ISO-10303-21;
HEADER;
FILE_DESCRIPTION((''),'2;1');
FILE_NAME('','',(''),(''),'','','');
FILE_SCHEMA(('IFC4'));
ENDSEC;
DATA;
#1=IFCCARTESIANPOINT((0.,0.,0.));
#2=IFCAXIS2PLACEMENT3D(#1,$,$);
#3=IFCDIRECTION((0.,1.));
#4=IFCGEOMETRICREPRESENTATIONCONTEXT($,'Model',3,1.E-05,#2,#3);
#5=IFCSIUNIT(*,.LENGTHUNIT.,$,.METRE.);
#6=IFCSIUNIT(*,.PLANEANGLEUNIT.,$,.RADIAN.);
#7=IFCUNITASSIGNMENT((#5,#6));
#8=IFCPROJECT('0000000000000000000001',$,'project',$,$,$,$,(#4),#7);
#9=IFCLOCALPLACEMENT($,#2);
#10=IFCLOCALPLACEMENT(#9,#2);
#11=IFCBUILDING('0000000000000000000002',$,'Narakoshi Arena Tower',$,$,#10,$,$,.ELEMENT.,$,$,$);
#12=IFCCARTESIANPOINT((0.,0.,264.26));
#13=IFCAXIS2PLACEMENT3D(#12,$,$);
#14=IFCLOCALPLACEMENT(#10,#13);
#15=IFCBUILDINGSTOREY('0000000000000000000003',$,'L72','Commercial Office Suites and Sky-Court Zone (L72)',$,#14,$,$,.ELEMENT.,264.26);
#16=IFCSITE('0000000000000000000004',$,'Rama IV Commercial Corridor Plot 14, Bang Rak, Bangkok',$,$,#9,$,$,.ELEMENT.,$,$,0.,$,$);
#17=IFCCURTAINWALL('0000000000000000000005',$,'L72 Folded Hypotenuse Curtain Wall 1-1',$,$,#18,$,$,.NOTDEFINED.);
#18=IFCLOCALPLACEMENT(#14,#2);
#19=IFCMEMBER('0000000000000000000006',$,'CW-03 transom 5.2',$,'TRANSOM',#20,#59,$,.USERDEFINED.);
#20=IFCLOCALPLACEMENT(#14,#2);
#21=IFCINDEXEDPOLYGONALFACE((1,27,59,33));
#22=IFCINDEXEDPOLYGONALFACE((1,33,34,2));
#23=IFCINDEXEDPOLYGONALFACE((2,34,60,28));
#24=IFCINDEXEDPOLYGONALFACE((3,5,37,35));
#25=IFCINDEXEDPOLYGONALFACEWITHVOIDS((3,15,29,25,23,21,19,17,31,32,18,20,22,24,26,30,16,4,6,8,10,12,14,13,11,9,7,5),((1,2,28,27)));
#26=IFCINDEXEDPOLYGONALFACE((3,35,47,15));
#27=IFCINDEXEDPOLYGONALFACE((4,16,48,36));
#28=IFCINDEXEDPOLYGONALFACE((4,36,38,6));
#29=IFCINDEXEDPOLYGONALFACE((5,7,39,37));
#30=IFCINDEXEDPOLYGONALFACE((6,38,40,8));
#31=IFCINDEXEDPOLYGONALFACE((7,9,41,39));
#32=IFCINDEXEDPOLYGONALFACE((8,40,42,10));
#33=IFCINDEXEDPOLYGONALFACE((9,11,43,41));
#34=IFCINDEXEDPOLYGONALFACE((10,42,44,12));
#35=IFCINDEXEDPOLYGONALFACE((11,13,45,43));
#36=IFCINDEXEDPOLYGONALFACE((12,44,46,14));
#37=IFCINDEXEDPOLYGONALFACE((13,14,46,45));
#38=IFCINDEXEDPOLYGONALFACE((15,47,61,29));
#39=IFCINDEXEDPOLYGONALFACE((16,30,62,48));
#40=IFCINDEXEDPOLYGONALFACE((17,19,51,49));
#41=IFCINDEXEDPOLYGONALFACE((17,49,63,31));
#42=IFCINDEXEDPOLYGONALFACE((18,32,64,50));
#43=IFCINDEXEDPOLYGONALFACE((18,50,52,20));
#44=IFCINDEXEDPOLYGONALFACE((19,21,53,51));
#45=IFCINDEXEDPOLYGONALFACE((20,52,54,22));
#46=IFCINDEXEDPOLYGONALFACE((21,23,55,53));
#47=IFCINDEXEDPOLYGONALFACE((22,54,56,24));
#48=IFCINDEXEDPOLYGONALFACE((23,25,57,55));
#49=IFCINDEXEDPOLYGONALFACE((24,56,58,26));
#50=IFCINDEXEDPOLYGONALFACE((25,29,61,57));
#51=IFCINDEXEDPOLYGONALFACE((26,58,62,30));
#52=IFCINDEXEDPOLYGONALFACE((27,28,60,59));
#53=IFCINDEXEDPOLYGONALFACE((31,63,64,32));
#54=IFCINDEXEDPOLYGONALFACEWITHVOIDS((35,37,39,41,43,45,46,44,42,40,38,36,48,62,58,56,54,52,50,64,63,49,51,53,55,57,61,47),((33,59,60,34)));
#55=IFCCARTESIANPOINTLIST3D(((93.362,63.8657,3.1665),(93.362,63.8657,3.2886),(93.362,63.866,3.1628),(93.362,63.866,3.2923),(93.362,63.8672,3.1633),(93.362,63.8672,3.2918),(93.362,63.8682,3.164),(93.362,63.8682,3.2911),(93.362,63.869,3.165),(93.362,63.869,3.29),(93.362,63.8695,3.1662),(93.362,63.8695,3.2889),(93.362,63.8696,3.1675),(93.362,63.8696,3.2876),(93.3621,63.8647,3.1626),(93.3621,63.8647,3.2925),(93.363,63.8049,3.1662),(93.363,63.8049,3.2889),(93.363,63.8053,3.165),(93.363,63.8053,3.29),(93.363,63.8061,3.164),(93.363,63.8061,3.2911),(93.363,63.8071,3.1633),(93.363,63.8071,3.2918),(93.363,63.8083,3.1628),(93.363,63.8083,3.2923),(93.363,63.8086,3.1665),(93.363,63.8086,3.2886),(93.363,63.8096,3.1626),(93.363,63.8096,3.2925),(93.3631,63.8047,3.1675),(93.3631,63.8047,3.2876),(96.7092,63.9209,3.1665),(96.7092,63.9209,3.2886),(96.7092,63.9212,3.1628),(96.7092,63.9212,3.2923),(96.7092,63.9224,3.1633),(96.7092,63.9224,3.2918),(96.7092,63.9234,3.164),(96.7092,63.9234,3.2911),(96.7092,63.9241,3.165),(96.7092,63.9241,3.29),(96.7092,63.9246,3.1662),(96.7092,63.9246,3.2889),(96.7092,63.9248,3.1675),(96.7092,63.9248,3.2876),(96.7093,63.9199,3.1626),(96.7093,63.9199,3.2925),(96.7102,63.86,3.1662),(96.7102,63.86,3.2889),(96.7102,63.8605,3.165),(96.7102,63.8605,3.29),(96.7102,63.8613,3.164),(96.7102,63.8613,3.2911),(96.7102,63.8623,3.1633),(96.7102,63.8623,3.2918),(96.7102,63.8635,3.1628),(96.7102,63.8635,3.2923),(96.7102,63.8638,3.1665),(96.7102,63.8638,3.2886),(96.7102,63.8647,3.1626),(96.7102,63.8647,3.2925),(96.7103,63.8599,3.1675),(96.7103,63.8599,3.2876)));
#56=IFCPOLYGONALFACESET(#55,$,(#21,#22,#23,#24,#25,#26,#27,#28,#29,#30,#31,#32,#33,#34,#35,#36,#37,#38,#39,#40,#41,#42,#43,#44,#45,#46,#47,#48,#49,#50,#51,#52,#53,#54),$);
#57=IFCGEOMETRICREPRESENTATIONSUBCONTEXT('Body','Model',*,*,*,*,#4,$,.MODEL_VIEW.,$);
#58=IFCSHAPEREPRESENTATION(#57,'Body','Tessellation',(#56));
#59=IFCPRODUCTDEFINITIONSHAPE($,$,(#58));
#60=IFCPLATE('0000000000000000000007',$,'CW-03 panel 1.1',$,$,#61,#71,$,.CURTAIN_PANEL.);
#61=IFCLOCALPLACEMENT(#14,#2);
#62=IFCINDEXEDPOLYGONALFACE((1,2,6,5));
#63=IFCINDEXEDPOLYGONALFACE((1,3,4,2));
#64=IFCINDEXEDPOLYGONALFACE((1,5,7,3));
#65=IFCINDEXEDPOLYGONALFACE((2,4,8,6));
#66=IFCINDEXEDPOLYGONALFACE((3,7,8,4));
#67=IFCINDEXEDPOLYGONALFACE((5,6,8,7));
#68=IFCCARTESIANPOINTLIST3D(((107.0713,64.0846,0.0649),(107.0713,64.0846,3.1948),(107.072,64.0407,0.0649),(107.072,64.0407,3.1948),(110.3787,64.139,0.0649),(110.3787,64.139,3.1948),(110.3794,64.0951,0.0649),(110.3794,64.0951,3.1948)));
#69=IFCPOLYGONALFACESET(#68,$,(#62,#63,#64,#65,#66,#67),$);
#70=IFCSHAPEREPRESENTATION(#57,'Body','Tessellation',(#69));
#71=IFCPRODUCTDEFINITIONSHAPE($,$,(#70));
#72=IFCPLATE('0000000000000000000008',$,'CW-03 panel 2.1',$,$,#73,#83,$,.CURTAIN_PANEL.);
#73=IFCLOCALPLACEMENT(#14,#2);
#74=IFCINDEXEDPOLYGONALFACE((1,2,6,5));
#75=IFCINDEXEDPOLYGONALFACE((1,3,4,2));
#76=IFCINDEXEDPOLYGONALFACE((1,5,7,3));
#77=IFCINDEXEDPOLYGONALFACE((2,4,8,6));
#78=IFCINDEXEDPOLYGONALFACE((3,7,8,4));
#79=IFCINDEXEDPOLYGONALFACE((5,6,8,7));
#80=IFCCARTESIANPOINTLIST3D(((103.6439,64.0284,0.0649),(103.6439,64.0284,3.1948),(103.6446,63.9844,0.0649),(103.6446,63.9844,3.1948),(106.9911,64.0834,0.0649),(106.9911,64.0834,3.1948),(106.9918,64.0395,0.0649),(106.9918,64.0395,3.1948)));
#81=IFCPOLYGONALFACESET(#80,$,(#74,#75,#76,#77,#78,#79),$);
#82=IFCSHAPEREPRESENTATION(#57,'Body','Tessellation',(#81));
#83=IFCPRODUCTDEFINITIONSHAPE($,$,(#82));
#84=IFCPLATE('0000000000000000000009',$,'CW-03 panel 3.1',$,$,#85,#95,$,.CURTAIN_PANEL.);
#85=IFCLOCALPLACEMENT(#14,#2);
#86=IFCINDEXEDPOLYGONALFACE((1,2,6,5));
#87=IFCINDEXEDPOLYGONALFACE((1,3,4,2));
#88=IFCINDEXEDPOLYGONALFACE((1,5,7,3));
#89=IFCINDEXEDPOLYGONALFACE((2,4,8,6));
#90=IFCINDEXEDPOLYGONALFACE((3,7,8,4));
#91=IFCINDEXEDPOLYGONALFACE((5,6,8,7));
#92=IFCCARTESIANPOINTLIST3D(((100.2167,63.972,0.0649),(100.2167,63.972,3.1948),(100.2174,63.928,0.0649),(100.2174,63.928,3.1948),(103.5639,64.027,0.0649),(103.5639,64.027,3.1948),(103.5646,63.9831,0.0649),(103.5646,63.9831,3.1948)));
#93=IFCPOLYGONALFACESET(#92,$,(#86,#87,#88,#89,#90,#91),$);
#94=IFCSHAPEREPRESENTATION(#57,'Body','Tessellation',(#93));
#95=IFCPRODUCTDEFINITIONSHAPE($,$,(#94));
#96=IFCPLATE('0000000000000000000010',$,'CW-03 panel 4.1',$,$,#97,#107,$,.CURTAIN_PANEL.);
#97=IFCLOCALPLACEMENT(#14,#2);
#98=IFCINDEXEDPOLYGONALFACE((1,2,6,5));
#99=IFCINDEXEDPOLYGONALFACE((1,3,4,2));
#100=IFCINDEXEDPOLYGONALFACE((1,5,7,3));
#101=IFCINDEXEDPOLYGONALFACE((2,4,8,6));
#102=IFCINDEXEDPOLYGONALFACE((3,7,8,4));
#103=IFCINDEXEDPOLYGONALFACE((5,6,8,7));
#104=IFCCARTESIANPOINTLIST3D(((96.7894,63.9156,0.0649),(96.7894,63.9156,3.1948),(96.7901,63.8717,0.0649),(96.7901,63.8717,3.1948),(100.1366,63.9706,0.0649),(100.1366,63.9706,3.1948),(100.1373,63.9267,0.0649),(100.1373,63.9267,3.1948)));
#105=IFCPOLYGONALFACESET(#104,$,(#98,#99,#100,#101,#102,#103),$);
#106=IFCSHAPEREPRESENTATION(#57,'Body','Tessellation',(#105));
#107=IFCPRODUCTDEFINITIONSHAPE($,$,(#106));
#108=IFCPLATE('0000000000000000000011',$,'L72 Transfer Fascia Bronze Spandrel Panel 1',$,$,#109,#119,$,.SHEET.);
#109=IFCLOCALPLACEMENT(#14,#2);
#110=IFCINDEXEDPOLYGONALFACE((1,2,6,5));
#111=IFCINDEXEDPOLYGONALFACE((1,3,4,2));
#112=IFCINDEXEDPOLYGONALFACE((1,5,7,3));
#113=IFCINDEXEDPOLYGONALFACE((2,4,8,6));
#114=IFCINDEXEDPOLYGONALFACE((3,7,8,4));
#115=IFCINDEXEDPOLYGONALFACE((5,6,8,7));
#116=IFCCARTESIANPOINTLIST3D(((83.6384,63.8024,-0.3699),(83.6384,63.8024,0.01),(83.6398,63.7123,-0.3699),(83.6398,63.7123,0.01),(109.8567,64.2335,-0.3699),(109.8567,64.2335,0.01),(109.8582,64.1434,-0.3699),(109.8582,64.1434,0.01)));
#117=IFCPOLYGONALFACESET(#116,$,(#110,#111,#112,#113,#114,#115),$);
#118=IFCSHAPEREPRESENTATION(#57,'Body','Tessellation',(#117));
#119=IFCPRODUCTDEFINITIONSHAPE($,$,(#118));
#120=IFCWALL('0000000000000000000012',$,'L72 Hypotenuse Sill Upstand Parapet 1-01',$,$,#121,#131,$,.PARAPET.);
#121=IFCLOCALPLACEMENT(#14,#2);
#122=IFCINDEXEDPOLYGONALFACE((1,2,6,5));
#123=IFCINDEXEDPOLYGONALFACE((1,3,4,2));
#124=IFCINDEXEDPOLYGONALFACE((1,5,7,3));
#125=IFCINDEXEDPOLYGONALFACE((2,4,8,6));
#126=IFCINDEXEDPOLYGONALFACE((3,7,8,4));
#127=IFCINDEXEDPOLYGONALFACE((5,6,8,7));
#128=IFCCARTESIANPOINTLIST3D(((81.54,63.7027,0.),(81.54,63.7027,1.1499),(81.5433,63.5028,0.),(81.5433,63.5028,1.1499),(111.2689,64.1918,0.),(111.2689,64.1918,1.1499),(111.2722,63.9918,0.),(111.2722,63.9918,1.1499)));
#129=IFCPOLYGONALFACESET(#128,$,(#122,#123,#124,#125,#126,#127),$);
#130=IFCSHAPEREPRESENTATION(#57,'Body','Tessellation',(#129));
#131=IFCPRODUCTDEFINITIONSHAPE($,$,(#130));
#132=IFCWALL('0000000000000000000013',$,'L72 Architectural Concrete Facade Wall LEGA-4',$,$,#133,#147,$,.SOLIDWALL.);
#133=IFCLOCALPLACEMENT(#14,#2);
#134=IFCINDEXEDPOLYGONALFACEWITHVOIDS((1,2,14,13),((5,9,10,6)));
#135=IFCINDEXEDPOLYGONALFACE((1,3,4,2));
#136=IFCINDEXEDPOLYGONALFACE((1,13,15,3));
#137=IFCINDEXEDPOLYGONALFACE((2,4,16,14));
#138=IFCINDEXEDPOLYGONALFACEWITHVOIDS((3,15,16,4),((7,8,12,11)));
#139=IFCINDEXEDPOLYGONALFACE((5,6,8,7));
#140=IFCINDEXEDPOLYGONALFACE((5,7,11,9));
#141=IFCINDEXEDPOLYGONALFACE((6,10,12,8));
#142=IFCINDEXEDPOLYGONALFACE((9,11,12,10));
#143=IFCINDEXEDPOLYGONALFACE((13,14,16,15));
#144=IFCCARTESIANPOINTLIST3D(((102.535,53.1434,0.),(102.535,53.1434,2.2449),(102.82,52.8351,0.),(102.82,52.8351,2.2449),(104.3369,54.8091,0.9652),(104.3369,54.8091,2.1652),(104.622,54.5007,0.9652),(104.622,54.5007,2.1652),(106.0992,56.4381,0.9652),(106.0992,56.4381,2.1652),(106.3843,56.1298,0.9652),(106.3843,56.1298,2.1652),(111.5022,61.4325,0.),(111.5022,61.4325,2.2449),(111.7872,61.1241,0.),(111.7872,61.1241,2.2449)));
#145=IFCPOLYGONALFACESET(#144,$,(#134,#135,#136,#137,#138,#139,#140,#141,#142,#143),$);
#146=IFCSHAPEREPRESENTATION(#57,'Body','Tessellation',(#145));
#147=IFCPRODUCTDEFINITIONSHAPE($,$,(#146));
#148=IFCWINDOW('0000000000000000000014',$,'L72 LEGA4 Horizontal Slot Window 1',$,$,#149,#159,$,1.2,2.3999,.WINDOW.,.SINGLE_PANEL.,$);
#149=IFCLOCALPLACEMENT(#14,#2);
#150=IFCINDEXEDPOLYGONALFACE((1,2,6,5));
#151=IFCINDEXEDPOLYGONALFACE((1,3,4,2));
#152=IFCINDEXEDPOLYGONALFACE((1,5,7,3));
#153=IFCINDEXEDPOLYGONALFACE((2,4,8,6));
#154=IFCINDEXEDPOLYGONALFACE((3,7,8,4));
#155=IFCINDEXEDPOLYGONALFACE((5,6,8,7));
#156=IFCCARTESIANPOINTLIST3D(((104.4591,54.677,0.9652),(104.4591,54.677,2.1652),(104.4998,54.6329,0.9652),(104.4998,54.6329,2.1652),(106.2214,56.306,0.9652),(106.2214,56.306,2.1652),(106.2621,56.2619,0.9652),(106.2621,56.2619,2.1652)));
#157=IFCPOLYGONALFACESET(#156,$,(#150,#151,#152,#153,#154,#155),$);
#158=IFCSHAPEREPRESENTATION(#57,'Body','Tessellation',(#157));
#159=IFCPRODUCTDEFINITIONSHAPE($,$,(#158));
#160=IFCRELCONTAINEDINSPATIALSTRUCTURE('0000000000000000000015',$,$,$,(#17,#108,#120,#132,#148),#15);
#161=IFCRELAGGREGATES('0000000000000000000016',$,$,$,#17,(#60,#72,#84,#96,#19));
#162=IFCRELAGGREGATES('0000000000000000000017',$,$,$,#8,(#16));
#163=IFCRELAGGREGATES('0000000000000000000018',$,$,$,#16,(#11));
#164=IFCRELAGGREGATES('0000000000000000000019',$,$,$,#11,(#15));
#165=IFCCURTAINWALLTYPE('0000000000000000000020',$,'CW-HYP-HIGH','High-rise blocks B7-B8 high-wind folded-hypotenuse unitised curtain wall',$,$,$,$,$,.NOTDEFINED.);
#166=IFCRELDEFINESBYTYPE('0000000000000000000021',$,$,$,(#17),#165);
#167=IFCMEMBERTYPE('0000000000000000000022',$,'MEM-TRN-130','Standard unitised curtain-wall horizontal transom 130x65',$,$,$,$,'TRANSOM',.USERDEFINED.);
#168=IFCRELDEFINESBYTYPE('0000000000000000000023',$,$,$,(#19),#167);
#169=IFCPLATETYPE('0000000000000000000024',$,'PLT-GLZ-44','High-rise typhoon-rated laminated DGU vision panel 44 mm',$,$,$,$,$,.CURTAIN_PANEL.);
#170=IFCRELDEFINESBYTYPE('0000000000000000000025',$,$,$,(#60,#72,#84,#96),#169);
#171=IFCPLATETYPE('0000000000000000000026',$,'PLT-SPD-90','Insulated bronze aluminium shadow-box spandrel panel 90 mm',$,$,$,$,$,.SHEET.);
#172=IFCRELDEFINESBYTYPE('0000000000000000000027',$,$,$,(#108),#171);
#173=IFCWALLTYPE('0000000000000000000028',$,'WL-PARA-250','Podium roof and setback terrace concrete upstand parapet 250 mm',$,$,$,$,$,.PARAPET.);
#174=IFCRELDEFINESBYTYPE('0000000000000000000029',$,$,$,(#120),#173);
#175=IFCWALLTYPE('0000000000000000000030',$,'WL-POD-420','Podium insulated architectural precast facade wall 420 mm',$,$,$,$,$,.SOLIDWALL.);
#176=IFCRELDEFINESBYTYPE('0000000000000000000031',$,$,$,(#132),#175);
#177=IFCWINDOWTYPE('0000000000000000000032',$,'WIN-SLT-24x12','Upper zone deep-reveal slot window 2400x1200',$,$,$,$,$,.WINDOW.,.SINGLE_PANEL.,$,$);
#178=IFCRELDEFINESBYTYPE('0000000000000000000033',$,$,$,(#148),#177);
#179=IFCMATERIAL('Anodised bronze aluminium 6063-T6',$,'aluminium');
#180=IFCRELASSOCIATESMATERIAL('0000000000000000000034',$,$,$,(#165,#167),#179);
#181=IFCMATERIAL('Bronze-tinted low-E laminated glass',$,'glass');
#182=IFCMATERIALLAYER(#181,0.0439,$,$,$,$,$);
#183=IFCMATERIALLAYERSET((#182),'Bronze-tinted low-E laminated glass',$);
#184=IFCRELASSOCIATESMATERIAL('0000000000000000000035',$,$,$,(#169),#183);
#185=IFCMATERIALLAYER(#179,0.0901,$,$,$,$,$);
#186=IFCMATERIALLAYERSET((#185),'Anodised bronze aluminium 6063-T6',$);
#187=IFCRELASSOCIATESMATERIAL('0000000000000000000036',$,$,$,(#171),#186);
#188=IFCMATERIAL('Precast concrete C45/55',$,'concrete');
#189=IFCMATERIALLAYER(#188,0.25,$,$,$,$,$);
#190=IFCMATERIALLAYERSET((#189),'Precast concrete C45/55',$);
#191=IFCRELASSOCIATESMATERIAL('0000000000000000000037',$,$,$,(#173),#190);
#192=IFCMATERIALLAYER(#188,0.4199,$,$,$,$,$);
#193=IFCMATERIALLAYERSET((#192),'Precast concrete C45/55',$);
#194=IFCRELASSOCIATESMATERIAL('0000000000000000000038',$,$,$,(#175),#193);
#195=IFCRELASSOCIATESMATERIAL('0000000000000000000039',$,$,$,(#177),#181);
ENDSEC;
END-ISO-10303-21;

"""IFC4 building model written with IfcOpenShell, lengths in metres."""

from ifc_helpers import new_model, si_unit, direction, frame, frame_2d, origin, origin_2d, place, context, subcontext, project, spatial, rectangle, hollow_rectangle, extrude, material, layer, layer_set, material_profile, profile_set, type_object, element, fill, aggregate, save


model = new_model("IFC4")

# Units and contexts
model_context = context("Model", 3, precision=1e-05, world=origin(), true_north=direction((0.0, 1.0)))
body_context = subcontext(model_context, "Body", "Model", "MODEL_VIEW")
ifc_project = project(units=[si_unit("LENGTHUNIT", "METRE"), si_unit("PLANEANGLEUNIT", "RADIAN")], contexts=[model_context])

# Site, building, storey
site_placement = place(None, origin())
site = spatial("IfcSite", under=ifc_project, at=site_placement, Name="Rama IV Commercial Corridor Plot 14, Bang Rak, Bangkok", CompositionType="ELEMENT", RefElevation=0.0)
building_placement = place(site_placement, origin())
building = spatial("IfcBuilding", under=site, at=building_placement, Name="Narakoshi Arena Tower", CompositionType="ELEMENT")
storey_placement = place(building_placement, frame((0.0, 0.0, 264.26)))
storey = spatial("IfcBuildingStorey", under=building, at=storey_placement, Name="L72", Description="Commercial Office Suites and Sky-Court Zone (L72)", CompositionType="ELEMENT", Elevation=264.26)

# Curtain wall, member, plates
ifc_material_1 = material(Name="Anodised bronze aluminium 6063-T6", Category="aluminium")
curtain_wall_type = type_object("IfcCurtainWallType", Name="CW-HYP-HIGH", Description="High-rise blocks B7-B8 high-wind folded-hypotenuse unitised curtain wall", PredefinedType="NOTDEFINED", material=ifc_material_1)
curtain_wall_placement = place(storey_placement, origin())
curtain_wall = element("IfcCurtainWall", 1, at=curtain_wall_placement, inside=storey, type_object=curtain_wall_type, Name="L72 Folded Hypotenuse Curtain Wall 1-1", PredefinedType="NOTDEFINED")
ifc_material_profile_1 = material_profile(ifc_material_1, hollow_rectangle(XDim=0.0649, YDim=0.1299, WallThickness=0.0039, OuterFilletRadius=0.0049, at=origin_2d()), Name="TRN130x65x4")
ifc_profile_set_1 = profile_set([ifc_material_profile_1], Name="Anodised bronze aluminium 6063-T6")
member_type_1 = type_object("IfcMemberType", Name="MEM-TRN-130", Description="Standard unitised curtain-wall horizontal transom 130x65", ElementType="TRANSOM", PredefinedType="USERDEFINED", material=ifc_profile_set_1)
member_1_placement = place(storey_placement, frame((96.7097, 63.8923, 3.2275), z_axis=(-0.999864, -0.016482, 0.0), x_axis=(0.016482, -0.999864, 0.0)))
member_1 = element("IfcMember", 2, at=member_1_placement, type_object=member_type_1, Name="CW-03 transom 5.2", ObjectType="TRANSOM", PredefinedType="USERDEFINED", context=body_context, shape_type="SweptSolid", body=[
    extrude(hollow_rectangle(XDim=0.0649, YDim=0.1299, WallThickness=0.0039, OuterFilletRadius=0.0049, at=origin_2d()), origin(), (0.0, 0.0, 1.0), 3.3477),
])
ifc_material_2 = material(Name="Bronze-tinted low-E laminated glass", Category="glass")
ifc_layer_1 = layer(ifc_material_2, 0.0439)
ifc_layer_set_1 = layer_set([ifc_layer_1], Name="Bronze-tinted low-E laminated glass")
plate_type_1 = type_object("IfcPlateType", Name="PLT-GLZ-44", Description="High-rise typhoon-rated laminated DGU vision panel 44 mm", PredefinedType="CURTAIN_PANEL", material=ifc_layer_set_1)
plate_1_placement = place(storey_placement, frame((108.7253, 64.0898, 0.0649), z_axis=(0.0, 0.0, 1.0), x_axis=(-0.999865, -0.016443, 0.0)))
plate_1 = element("IfcPlate", 3, at=plate_1_placement, type_object=plate_type_1, Name="CW-03 panel 1.1", PredefinedType="CURTAIN_PANEL", context=body_context, shape_type="SweptSolid", body=[
    extrude(rectangle(XDim=3.3079, YDim=0.0439, at=origin_2d()), origin(), (0.0, 0.0, 1.0), 3.1299),
])
plate_2_placement = place(storey_placement, frame((105.3179, 64.0339, 0.0649), z_axis=(0.0, 0.0, 1.0), x_axis=(-0.999865, -0.016443, 0.0)))
plate_2 = element("IfcPlate", 4, at=plate_2_placement, type_object=plate_type_1, Name="CW-03 panel 2.1", PredefinedType="CURTAIN_PANEL", context=body_context, shape_type="SweptSolid", body=[
    extrude(rectangle(XDim=3.3477, YDim=0.0439, at=origin_2d()), origin(), (0.0, 0.0, 1.0), 3.1299),
])
plate_3_placement = place(storey_placement, frame((101.8906, 63.9775, 0.0649), z_axis=(0.0, 0.0, 1.0), x_axis=(-0.999865, -0.016443, 0.0)))
plate_3 = element("IfcPlate", 5, at=plate_3_placement, type_object=plate_type_1, Name="CW-03 panel 3.1", PredefinedType="CURTAIN_PANEL", context=body_context, shape_type="SweptSolid", body=[
    extrude(rectangle(XDim=3.3477, YDim=0.0439, at=origin_2d()), origin(), (0.0, 0.0, 1.0), 3.1299),
])
plate_4_placement = place(storey_placement, frame((98.4634, 63.9211, 0.0649), z_axis=(0.0, 0.0, 1.0), x_axis=(-0.999865, -0.016443, 0.0)))
plate_4 = element("IfcPlate", 6, at=plate_4_placement, type_object=plate_type_1, Name="CW-03 panel 4.1", PredefinedType="CURTAIN_PANEL", context=body_context, shape_type="SweptSolid", body=[
    extrude(rectangle(XDim=3.3477, YDim=0.0439, at=origin_2d()), origin(), (0.0, 0.0, 1.0), 3.1299),
])
aggregate(curtain_wall, [plate_1, plate_2, plate_3, plate_4, member_1])

# Plate
ifc_layer_2 = layer(ifc_material_1, 0.0901)
ifc_layer_set_2 = layer_set([ifc_layer_2], Name="Anodised bronze aluminium 6063-T6")
plate_type_2 = type_object("IfcPlateType", Name="PLT-SPD-90", Description="Insulated bronze aluminium shadow-box spandrel panel 90 mm", PredefinedType="SHEET", material=ifc_layer_set_2)
plate_5_placement = place(storey_placement, frame((96.7483, 63.9729, -0.3699), z_axis=(0.0, 0.0, 1.0), x_axis=(-0.999865, -0.01644, 0.0)))
element("IfcPlate", 7, at=plate_5_placement, inside=storey, type_object=plate_type_2, Name="L72 Transfer Fascia Bronze Spandrel Panel 1", PredefinedType="SHEET", context=body_context, shape_type="SweptSolid", body=[
    extrude(rectangle(XDim=26.2219, YDim=0.0901, at=origin_2d()), origin(), (0.0, 0.0, 1.0), 0.3799),
])

# Wall
ifc_material_3 = material(Name="Precast concrete C45/55", Category="concrete")
ifc_layer_3 = layer(ifc_material_3, 0.25)
ifc_layer_set_3 = layer_set([ifc_layer_3], Name="Precast concrete C45/55")
wall_type_1 = type_object("IfcWallType", Name="WL-PARA-250", Description="Podium roof and setback terrace concrete upstand parapet 250 mm", PredefinedType="PARAPET", material=ifc_layer_set_3)
wall_1_placement = place(storey_placement, frame((111.2705, 64.0918, 0.0), z_axis=(0.0, 0.0, 1.0), x_axis=(-0.999865, -0.016447, 0.0)))
element("IfcWall", 8, at=wall_1_placement, inside=storey, type_object=wall_type_1, Name="L72 Hypotenuse Sill Upstand Parapet 1-01", PredefinedType="PARAPET", context=body_context, shape_type="SweptSolid", body=[
    extrude(rectangle(XDim=29.7329, YDim=0.2, at=frame_2d((14.8665, 0.0))), origin(), (0.0, 0.0, 1.0), 1.1499),
])

# Wall, opening, window
ifc_layer_4 = layer(ifc_material_3, 0.4199)
ifc_layer_set_4 = layer_set([ifc_layer_4], Name="Precast concrete C45/55")
wall_type_2 = type_object("IfcWallType", Name="WL-POD-420", Description="Podium insulated architectural precast facade wall 420 mm", PredefinedType="SOLIDWALL", material=ifc_layer_set_4)
wall_2_placement = place(storey_placement, frame((102.6775, 52.9893, 0.0), z_axis=(0.0, 0.0, 1.0), x_axis=(0.734331, 0.678791, 0.0)))
wall_2 = element("IfcWall", 9, at=wall_2_placement, inside=storey, type_object=wall_type_2, Name="L72 Architectural Concrete Facade Wall LEGA-4", PredefinedType="SOLIDWALL", context=body_context, shape_type="SweptSolid", body=[
    extrude(rectangle(XDim=12.2114, YDim=0.4199, at=frame_2d((6.1057, 0.0))), origin(), (0.0, 0.0, 1.0), 2.2449),
])
opening_1_placement = place(wall_2_placement, frame((2.4539, 0.0, 0.9651)))
opening_1 = element("IfcOpeningElement", 10, at=opening_1_placement, cuts=wall_2, PredefinedType="OPENING", context=body_context, shape_type="SweptSolid", body=[
    extrude(rectangle(XDim=2.3999, YDim=1.2, at=frame_2d((1.2, 0.6001))), frame((0.0, 0.22, 0.0), z_axis=(0.0, -1.0, 0.0), x_axis=(1.0, 0.0, 0.0)), (0.0, 0.0, 1.0), 0.4399),
])
window_type_1 = type_object("IfcWindowType", Name="WIN-SLT-24x12", Description="Upper zone deep-reveal slot window 2400x1200", PartitioningType="SINGLE_PANEL", PredefinedType="WINDOW", material=ifc_material_2)
window_1_placement = place(opening_1_placement, origin())
window_1 = element("IfcWindow", 11, at=window_1_placement, inside=storey, type_object=window_type_1, Name="L72 LEGA4 Horizontal Slot Window 1", OverallHeight=1.2, OverallWidth=2.3999, PartitioningType="SINGLE_PANEL", PredefinedType="WINDOW", context=body_context, shape_type="SweptSolid", body=[
    extrude(rectangle(XDim=2.3999, YDim=1.2, at=frame_2d((1.2, 0.6001))), frame((0.0, 0.03, 0.0), z_axis=(0.0, -1.0, 0.0), x_axis=(1.0, 0.0, 0.0)), (0.0, 0.0, 1.0), 0.0601),
])
fill(opening_1, window_1)

save(model, "model.ifc")
